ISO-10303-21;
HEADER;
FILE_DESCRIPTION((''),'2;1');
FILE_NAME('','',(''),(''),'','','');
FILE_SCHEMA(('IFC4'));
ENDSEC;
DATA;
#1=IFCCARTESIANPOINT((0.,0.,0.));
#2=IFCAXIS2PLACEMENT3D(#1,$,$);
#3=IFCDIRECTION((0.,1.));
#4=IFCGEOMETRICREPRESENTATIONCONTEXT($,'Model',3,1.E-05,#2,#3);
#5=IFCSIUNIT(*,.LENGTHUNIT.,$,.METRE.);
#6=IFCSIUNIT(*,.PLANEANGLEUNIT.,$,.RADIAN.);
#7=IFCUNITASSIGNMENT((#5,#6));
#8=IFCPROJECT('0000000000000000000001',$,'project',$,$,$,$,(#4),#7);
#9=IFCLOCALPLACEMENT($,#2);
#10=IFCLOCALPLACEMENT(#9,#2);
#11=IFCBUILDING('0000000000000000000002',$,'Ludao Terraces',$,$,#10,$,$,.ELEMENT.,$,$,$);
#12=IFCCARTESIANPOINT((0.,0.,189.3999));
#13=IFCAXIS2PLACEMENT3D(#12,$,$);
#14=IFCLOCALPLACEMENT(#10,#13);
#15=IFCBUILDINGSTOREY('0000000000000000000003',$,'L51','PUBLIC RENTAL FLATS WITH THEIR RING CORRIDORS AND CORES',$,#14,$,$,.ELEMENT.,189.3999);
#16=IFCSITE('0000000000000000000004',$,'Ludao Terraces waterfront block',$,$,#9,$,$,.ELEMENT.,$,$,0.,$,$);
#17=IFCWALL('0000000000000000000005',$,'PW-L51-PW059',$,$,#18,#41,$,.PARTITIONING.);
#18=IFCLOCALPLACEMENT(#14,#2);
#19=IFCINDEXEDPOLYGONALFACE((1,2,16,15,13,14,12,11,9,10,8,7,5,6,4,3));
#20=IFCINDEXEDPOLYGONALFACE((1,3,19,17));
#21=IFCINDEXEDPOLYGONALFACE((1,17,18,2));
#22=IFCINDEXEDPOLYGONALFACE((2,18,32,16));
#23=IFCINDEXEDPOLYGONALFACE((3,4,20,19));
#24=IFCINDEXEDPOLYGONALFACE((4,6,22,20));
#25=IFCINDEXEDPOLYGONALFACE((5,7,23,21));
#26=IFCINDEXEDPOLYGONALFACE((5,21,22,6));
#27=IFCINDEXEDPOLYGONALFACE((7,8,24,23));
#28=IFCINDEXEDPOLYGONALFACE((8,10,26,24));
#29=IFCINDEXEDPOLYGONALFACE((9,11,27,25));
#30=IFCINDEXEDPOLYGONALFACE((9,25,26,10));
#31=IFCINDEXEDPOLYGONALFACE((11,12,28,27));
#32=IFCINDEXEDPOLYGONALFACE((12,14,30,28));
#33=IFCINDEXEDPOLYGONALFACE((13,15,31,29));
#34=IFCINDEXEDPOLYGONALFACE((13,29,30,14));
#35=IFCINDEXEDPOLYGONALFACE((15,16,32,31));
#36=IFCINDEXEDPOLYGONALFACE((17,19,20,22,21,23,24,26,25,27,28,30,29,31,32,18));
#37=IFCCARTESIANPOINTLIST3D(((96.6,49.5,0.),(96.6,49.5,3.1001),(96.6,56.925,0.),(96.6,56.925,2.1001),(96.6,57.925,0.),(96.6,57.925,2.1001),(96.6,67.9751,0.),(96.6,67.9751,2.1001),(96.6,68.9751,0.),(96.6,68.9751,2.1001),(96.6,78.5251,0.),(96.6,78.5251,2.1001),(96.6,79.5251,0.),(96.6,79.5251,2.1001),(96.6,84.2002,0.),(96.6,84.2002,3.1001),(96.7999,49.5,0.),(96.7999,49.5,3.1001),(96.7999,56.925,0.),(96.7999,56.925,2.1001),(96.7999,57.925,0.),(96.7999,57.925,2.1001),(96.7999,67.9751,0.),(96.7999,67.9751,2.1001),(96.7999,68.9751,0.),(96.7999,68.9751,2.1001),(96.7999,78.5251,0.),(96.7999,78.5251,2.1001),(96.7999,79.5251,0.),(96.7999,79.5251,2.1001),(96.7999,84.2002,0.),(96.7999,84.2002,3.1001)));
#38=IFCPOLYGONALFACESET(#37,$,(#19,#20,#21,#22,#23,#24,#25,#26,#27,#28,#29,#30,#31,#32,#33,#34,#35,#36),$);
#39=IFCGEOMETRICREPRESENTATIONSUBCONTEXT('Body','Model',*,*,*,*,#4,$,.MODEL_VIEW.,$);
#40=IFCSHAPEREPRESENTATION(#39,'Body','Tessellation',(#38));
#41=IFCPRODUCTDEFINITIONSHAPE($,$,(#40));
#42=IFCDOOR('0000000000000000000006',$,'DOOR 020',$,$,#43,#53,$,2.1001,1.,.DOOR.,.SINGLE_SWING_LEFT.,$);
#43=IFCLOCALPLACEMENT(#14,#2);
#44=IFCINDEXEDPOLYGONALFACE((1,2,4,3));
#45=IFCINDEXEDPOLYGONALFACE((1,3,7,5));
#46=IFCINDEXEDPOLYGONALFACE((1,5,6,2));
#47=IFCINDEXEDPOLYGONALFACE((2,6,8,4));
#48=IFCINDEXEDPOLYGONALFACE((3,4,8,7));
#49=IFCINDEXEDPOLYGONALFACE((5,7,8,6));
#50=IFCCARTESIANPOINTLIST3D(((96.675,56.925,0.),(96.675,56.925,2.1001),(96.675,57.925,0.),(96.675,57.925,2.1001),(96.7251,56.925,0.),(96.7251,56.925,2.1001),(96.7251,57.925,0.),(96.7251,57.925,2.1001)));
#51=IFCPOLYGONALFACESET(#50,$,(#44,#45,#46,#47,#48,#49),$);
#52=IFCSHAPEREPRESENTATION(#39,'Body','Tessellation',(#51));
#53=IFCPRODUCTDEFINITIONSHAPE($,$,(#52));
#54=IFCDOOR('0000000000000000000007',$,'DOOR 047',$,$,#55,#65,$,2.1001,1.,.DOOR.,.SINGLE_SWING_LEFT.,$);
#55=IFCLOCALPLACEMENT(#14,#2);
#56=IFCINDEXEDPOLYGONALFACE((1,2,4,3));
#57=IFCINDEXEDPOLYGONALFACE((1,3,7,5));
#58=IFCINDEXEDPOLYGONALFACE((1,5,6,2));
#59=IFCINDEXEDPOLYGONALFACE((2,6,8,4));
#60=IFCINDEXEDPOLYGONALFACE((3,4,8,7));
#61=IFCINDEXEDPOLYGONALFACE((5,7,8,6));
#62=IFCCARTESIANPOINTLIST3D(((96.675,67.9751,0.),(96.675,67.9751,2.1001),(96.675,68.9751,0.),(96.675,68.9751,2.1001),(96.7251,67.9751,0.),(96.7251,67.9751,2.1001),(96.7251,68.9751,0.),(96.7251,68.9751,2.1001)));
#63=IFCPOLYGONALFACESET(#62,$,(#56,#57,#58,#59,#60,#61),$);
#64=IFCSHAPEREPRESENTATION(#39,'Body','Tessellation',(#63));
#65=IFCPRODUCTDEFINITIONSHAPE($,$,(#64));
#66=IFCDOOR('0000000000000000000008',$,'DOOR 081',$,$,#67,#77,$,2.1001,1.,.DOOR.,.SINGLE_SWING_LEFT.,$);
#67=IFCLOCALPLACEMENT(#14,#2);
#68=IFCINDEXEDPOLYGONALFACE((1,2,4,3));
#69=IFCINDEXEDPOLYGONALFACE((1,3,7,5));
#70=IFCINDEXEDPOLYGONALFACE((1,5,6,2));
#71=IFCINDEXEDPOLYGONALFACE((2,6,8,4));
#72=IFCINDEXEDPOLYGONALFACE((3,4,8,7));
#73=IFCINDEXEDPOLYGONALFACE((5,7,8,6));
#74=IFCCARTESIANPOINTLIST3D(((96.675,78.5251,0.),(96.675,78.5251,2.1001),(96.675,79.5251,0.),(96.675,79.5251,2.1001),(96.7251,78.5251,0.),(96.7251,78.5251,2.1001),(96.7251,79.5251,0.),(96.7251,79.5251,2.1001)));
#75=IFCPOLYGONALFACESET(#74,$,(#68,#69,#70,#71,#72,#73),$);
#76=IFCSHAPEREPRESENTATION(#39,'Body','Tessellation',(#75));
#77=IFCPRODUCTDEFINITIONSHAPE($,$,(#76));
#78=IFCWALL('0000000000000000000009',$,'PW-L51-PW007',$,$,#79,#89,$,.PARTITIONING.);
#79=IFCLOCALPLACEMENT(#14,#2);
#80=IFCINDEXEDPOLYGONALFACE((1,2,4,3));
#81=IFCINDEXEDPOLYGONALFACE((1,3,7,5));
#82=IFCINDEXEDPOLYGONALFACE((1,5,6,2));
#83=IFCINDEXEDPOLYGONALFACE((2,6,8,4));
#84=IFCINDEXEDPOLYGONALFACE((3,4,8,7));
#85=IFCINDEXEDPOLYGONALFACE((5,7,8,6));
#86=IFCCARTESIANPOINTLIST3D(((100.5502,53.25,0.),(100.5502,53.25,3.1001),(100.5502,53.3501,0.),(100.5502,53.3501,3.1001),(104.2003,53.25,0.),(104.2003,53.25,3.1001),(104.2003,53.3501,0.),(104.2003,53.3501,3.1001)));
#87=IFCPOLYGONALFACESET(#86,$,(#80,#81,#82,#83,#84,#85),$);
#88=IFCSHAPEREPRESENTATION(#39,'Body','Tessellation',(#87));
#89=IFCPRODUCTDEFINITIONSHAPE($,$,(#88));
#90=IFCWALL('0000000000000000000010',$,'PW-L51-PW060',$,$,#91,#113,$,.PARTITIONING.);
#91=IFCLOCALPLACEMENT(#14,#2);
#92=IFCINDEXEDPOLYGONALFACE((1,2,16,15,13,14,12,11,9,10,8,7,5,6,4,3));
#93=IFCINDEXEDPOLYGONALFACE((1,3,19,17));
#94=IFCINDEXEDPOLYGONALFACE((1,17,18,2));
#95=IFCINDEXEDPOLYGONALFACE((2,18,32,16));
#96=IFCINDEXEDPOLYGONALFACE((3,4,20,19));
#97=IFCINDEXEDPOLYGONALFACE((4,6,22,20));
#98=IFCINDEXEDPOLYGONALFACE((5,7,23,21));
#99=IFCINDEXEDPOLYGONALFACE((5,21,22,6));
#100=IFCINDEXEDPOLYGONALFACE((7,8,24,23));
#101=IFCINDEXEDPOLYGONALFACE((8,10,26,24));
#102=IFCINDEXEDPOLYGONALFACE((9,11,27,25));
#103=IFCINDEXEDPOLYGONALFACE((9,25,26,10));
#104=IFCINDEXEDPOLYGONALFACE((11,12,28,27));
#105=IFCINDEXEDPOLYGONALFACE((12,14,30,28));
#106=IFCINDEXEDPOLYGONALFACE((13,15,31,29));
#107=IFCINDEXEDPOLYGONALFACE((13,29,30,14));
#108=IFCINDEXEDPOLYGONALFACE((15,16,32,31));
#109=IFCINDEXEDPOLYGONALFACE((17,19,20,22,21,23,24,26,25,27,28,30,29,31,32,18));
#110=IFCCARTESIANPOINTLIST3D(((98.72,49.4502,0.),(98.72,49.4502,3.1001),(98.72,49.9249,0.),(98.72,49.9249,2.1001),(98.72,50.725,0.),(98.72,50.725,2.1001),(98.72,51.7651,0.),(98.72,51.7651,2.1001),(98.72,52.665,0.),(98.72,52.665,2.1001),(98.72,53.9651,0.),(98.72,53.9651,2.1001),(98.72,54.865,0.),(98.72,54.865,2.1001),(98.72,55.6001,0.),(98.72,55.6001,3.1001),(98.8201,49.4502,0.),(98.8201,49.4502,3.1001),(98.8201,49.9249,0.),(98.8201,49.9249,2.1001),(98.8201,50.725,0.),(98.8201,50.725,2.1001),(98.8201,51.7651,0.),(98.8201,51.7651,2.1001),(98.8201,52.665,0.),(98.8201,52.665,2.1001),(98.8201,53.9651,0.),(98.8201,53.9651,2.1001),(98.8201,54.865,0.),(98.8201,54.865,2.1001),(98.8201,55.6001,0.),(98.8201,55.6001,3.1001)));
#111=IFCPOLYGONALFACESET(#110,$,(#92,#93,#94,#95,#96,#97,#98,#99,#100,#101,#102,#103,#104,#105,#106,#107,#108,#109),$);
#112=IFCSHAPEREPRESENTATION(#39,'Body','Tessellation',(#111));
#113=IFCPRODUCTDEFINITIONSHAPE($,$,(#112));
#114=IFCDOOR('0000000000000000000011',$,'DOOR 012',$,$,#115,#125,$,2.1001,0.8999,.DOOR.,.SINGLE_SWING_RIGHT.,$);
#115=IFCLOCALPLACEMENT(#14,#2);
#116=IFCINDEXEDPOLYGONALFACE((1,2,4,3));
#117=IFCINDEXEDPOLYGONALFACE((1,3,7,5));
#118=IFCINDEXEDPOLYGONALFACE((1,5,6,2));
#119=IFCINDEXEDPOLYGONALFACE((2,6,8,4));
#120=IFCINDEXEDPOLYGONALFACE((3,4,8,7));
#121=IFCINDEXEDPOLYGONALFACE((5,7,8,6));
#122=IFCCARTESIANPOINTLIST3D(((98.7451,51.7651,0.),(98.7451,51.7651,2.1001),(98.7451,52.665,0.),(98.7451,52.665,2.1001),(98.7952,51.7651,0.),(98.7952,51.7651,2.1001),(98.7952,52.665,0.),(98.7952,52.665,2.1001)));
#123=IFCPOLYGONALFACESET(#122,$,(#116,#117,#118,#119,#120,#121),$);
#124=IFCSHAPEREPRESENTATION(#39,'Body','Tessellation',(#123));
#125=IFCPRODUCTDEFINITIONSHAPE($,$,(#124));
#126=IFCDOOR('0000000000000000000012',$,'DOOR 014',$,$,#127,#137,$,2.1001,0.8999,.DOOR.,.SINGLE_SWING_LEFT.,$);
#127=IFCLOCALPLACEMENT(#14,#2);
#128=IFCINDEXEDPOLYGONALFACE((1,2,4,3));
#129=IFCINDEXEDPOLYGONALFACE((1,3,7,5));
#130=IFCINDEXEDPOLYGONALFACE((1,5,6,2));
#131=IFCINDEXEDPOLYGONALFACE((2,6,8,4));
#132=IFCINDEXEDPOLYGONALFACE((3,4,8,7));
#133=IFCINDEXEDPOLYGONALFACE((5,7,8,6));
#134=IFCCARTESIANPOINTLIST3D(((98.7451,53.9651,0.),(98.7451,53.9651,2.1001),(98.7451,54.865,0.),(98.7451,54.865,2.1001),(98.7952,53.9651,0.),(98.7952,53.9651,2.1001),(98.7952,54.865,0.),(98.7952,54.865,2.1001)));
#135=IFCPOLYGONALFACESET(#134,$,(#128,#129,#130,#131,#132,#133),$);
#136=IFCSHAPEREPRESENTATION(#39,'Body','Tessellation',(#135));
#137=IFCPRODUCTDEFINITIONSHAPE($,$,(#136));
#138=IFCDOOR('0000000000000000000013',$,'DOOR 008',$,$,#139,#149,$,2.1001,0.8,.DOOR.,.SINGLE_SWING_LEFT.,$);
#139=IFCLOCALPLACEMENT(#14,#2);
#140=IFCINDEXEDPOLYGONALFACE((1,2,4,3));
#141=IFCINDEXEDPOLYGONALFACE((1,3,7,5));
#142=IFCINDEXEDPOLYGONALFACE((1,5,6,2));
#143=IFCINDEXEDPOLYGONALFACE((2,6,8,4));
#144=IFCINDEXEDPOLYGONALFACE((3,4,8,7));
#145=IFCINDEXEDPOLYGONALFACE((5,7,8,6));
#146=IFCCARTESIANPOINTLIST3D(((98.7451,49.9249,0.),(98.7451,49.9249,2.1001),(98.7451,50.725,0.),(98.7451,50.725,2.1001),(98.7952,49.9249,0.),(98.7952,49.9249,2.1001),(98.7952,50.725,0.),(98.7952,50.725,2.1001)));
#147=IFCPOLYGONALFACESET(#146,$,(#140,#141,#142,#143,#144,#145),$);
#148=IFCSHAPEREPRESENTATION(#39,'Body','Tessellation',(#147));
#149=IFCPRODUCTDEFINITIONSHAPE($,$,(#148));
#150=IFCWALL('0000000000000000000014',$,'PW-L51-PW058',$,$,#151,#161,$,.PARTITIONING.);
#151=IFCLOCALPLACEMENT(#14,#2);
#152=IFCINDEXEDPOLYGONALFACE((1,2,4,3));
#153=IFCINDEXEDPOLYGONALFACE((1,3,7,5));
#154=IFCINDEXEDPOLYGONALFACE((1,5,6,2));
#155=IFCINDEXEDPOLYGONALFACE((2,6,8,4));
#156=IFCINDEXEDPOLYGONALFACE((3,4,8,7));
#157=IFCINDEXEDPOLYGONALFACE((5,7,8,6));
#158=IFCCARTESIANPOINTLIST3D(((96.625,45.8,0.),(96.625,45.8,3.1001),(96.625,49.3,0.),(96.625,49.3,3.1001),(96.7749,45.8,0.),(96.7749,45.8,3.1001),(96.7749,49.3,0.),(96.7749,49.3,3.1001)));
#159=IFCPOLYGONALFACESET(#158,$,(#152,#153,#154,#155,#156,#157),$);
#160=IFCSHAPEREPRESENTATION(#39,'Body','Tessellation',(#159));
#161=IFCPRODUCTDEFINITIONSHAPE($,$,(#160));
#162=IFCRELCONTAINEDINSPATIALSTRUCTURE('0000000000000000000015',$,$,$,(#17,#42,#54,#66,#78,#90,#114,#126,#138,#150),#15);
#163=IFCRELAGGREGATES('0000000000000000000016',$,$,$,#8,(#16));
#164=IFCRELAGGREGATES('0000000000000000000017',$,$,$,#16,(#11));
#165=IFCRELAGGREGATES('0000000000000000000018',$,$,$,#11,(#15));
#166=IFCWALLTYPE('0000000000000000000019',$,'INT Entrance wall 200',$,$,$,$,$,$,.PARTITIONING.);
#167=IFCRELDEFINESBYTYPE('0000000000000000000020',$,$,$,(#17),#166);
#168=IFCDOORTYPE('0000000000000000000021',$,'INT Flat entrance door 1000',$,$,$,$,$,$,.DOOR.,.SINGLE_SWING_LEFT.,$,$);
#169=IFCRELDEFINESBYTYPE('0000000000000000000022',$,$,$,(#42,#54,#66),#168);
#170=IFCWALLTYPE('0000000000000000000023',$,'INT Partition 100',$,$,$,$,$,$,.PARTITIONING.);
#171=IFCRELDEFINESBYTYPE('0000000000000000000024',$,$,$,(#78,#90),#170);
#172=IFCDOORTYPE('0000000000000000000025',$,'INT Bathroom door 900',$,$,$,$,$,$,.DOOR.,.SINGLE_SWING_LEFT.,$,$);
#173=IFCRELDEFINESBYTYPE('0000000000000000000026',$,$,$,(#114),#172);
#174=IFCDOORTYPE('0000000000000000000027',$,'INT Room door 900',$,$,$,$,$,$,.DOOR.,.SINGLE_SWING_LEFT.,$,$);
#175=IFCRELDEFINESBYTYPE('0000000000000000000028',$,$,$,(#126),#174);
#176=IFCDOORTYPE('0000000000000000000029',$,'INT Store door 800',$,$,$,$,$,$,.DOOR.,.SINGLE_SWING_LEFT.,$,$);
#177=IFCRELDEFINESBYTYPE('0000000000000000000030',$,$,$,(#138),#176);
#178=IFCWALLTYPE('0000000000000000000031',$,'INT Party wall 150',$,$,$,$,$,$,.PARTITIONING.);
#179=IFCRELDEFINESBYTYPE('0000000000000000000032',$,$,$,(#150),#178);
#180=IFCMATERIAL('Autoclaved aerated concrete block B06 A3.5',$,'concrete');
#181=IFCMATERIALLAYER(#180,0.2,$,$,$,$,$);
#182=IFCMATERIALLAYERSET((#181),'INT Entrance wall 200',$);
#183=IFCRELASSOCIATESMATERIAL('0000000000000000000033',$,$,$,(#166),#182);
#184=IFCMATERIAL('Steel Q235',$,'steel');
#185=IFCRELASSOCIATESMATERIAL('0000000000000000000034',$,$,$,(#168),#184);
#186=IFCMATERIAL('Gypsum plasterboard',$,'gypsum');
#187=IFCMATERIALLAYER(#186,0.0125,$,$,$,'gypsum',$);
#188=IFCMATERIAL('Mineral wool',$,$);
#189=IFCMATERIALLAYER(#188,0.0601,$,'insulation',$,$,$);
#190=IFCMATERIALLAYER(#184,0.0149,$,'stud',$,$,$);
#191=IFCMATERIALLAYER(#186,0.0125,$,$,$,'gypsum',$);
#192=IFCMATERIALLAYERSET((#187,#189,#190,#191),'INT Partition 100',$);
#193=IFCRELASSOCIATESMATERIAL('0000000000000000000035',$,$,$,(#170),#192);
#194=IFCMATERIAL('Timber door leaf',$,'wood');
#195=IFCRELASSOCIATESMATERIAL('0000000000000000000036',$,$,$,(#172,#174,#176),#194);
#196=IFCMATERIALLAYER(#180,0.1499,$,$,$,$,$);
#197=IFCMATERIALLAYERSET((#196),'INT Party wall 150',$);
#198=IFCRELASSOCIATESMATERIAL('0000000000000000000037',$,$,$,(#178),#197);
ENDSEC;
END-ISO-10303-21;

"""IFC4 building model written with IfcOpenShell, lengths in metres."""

from ifc_helpers import new_model, si_unit, direction, frame, frame_2d, origin, place, context, subcontext, project, spatial, rectangle, extrude, material, layer, layer_set, type_object, element, fill, save


model = new_model("IFC4")

# Units and contexts
model_context = context("Model", 3, precision=1e-05, world=origin(), true_north=direction((0.0, 1.0)))
body_context = subcontext(model_context, "Body", "Model", "MODEL_VIEW")
ifc_project = project(units=[si_unit("LENGTHUNIT", "METRE"), si_unit("PLANEANGLEUNIT", "RADIAN")], contexts=[model_context])

# Site, building, storey
site_placement = place(None, origin())
site = spatial("IfcSite", under=ifc_project, at=site_placement, Name="Ludao Terraces waterfront block", CompositionType="ELEMENT", RefElevation=0.0)
building_placement = place(site_placement, origin())
building = spatial("IfcBuilding", under=site, at=building_placement, Name="Ludao Terraces", CompositionType="ELEMENT")
storey_placement = place(building_placement, frame((0.0, 0.0, 189.3999)))
storey = spatial("IfcBuildingStorey", under=building, at=storey_placement, Name="L51", Description="PUBLIC RENTAL FLATS WITH THEIR RING CORRIDORS AND CORES", CompositionType="ELEMENT", Elevation=189.3999)

# Wall, openings, doors
ifc_material_1 = material(Name="Autoclaved aerated concrete block B06 A3.5", Category="concrete")
ifc_layer_1 = layer(ifc_material_1, 0.2)
ifc_layer_set_1 = layer_set([ifc_layer_1], Name="INT Entrance wall 200")
wall_type_1 = type_object("IfcWallType", Name="INT Entrance wall 200", PredefinedType="PARTITIONING", material=ifc_layer_set_1)
wall_1_placement = place(storey_placement, frame((96.7, 49.5, 0.0), z_axis=(0.0, 0.0, 1.0), x_axis=(0.0, 1.0, 0.0)))
wall_1 = element("IfcWall", 1, at=wall_1_placement, inside=storey, type_object=wall_type_1, Name="PW-L51-PW059", PredefinedType="PARTITIONING", context=body_context, shape_type="SweptSolid", body=[
    extrude(rectangle(XDim=34.7002, YDim=0.2, at=frame_2d((17.3501, 0.0))), origin(), (0.0, 0.0, 1.0), 3.1001),
])
opening_1_placement = place(wall_1_placement, frame((7.425, 0.0, 0.0)))
opening_1 = element("IfcOpeningElement", 2, at=opening_1_placement, cuts=wall_1, PredefinedType="OPENING", context=body_context, shape_type="SweptSolid", body=[
    extrude(rectangle(XDim=1.0, YDim=2.1001, at=frame_2d((0.5, 1.05))), frame((0.0, 0.1099, 0.0), z_axis=(0.0, -1.0, 0.0), x_axis=(1.0, 0.0, 0.0)), (0.0, 0.0, 1.0), 0.22),
])
opening_2_placement = place(wall_1_placement, frame((18.4751, 0.0, 0.0)))
opening_2 = element("IfcOpeningElement", 3, at=opening_2_placement, cuts=wall_1, PredefinedType="OPENING", context=body_context, shape_type="SweptSolid", body=[
    extrude(rectangle(XDim=1.0, YDim=2.1001, at=frame_2d((0.5, 1.05))), frame((0.0, 0.1099, 0.0), z_axis=(0.0, -1.0, 0.0), x_axis=(1.0, 0.0, 0.0)), (0.0, 0.0, 1.0), 0.22),
])
opening_3_placement = place(wall_1_placement, frame((29.0251, 0.0, 0.0)))
opening_3 = element("IfcOpeningElement", 4, at=opening_3_placement, cuts=wall_1, PredefinedType="OPENING", context=body_context, shape_type="SweptSolid", body=[
    extrude(rectangle(XDim=1.0, YDim=2.1001, at=frame_2d((0.5, 1.05))), frame((0.0, 0.1099, 0.0), z_axis=(0.0, -1.0, 0.0), x_axis=(1.0, 0.0, 0.0)), (0.0, 0.0, 1.0), 0.22),
])
ifc_material_2 = material(Name="Steel Q235", Category="steel")
door_type_1 = type_object("IfcDoorType", Name="INT Flat entrance door 1000", OperationType="SINGLE_SWING_LEFT", PredefinedType="DOOR", material=ifc_material_2)
door_1_placement = place(opening_1_placement, origin())
door_1 = element("IfcDoor", 5, at=door_1_placement, inside=storey, type_object=door_type_1, Name="DOOR 020", OperationType="SINGLE_SWING_LEFT", OverallHeight=2.1001, OverallWidth=1.0, PredefinedType="DOOR", context=body_context, shape_type="SweptSolid", body=[
    extrude(rectangle(XDim=1.0, YDim=2.1001, at=frame_2d((0.5, 1.05))), frame((0.0, 0.0249, 0.0), z_axis=(0.0, -1.0, 0.0), x_axis=(1.0, 0.0, 0.0)), (0.0, 0.0, 1.0), 0.05),
])
fill(opening_1, door_1)
door_2_placement = place(opening_2_placement, origin())
door_2 = element("IfcDoor", 6, at=door_2_placement, inside=storey, type_object=door_type_1, Name="DOOR 047", OperationType="SINGLE_SWING_LEFT", OverallHeight=2.1001, OverallWidth=1.0, PredefinedType="DOOR", context=body_context, shape_type="SweptSolid", body=[
    extrude(rectangle(XDim=1.0, YDim=2.1001, at=frame_2d((0.5, 1.05))), frame((0.0, 0.0249, 0.0), z_axis=(0.0, -1.0, 0.0), x_axis=(1.0, 0.0, 0.0)), (0.0, 0.0, 1.0), 0.05),
])
fill(opening_2, door_2)
door_3_placement = place(opening_3_placement, origin())
door_3 = element("IfcDoor", 7, at=door_3_placement, inside=storey, type_object=door_type_1, Name="DOOR 081", OperationType="SINGLE_SWING_LEFT", OverallHeight=2.1001, OverallWidth=1.0, PredefinedType="DOOR", context=body_context, shape_type="SweptSolid", body=[
    extrude(rectangle(XDim=1.0, YDim=2.1001, at=frame_2d((0.5, 1.05))), frame((0.0, 0.0249, 0.0), z_axis=(0.0, -1.0, 0.0), x_axis=(1.0, 0.0, 0.0)), (0.0, 0.0, 1.0), 0.05),
])
fill(opening_3, door_3)

# Wall
ifc_material_3 = material(Name="Gypsum plasterboard", Category="gypsum")
ifc_layer_2 = layer(ifc_material_3, 0.0125, Category="gypsum")
ifc_material_4 = material(Name="Mineral wool")
ifc_layer_3 = layer(ifc_material_4, 0.0601, Name="insulation")
ifc_layer_4 = layer(ifc_material_2, 0.0149, Name="stud")
ifc_layer_5 = layer(ifc_material_3, 0.0125, Category="gypsum")
ifc_layer_set_2 = layer_set([ifc_layer_2, ifc_layer_3, ifc_layer_4, ifc_layer_5], Name="INT Partition 100")
wall_type_2 = type_object("IfcWallType", Name="INT Partition 100", PredefinedType="PARTITIONING", material=ifc_layer_set_2)
wall_2_placement = place(storey_placement, frame((100.55, 53.3, 0.0), z_axis=(0.0, 0.0, 1.0), x_axis=(1.0, 0.0, 0.0)))
element("IfcWall", 8, at=wall_2_placement, inside=storey, type_object=wall_type_2, Name="PW-L51-PW007", PredefinedType="PARTITIONING", context=body_context, shape_type="SweptSolid", body=[
    extrude(rectangle(XDim=3.6501, YDim=0.1001, at=frame_2d((1.8252, 0.0))), origin(), (0.0, 0.0, 1.0), 3.1001),
])

# Wall, openings, doors
wall_3_placement = place(storey_placement, frame((98.77, 49.4502, 0.0), z_axis=(0.0, 0.0, 1.0), x_axis=(0.0, 1.0, 0.0)))
wall_3 = element("IfcWall", 9, at=wall_3_placement, inside=storey, type_object=wall_type_2, Name="PW-L51-PW060", PredefinedType="PARTITIONING", context=body_context, shape_type="SweptSolid", body=[
    extrude(rectangle(XDim=6.1499, YDim=0.1001, at=frame_2d((3.075, 0.0))), origin(), (0.0, 0.0, 1.0), 3.1001),
])
opening_4_placement = place(wall_3_placement, frame((0.4749, 0.0, 0.0)))
opening_4 = element("IfcOpeningElement", 10, at=opening_4_placement, cuts=wall_3, PredefinedType="OPENING", context=body_context, shape_type="SweptSolid", body=[
    extrude(rectangle(XDim=0.8, YDim=2.1001, at=frame_2d((0.3999, 1.05))), frame((0.0, 0.0601, 0.0), z_axis=(0.0, -1.0, 0.0), x_axis=(1.0, 0.0, 0.0)), (0.0, 0.0, 1.0), 0.1201),
])
opening_5_placement = place(wall_3_placement, frame((2.3149, 0.0, 0.0)))
opening_5 = element("IfcOpeningElement", 11, at=opening_5_placement, cuts=wall_3, PredefinedType="OPENING", context=body_context, shape_type="SweptSolid", body=[
    extrude(rectangle(XDim=0.8999, YDim=2.1001, at=frame_2d((0.45, 1.05))), frame((0.0, 0.0601, 0.0), z_axis=(0.0, -1.0, 0.0), x_axis=(1.0, 0.0, 0.0)), (0.0, 0.0, 1.0), 0.1201),
])
opening_6_placement = place(wall_3_placement, frame((4.5149, 0.0, 0.0)))
opening_6 = element("IfcOpeningElement", 12, at=opening_6_placement, cuts=wall_3, PredefinedType="OPENING", context=body_context, shape_type="SweptSolid", body=[
    extrude(rectangle(XDim=0.8999, YDim=2.1001, at=frame_2d((0.45, 1.05))), frame((0.0, 0.0601, 0.0), z_axis=(0.0, -1.0, 0.0), x_axis=(1.0, 0.0, 0.0)), (0.0, 0.0, 1.0), 0.1201),
])
ifc_material_5 = material(Name="Timber door leaf", Category="wood")
door_type_2 = type_object("IfcDoorType", Name="INT Bathroom door 900", OperationType="SINGLE_SWING_LEFT", PredefinedType="DOOR", material=ifc_material_5)
door_4_placement = place(opening_5_placement, origin())
door_4 = element("IfcDoor", 13, at=door_4_placement, inside=storey, type_object=door_type_2, Name="DOOR 012", OperationType="SINGLE_SWING_RIGHT", OverallHeight=2.1001, OverallWidth=0.8999, PredefinedType="DOOR", context=body_context, shape_type="SweptSolid", body=[
    extrude(rectangle(XDim=0.8999, YDim=2.1001, at=frame_2d((0.45, 1.05))), frame((0.0, 0.0249, 0.0), z_axis=(0.0, -1.0, 0.0), x_axis=(1.0, 0.0, 0.0)), (0.0, 0.0, 1.0), 0.05),
])
fill(opening_5, door_4)
door_type_3 = type_object("IfcDoorType", Name="INT Room door 900", OperationType="SINGLE_SWING_LEFT", PredefinedType="DOOR", material=ifc_material_5)
door_5_placement = place(opening_6_placement, origin())
door_5 = element("IfcDoor", 14, at=door_5_placement, inside=storey, type_object=door_type_3, Name="DOOR 014", OperationType="SINGLE_SWING_LEFT", OverallHeight=2.1001, OverallWidth=0.8999, PredefinedType="DOOR", context=body_context, shape_type="SweptSolid", body=[
    extrude(rectangle(XDim=0.8999, YDim=2.1001, at=frame_2d((0.45, 1.05))), frame((0.0, 0.0249, 0.0), z_axis=(0.0, -1.0, 0.0), x_axis=(1.0, 0.0, 0.0)), (0.0, 0.0, 1.0), 0.05),
])
fill(opening_6, door_5)
door_type_4 = type_object("IfcDoorType", Name="INT Store door 800", OperationType="SINGLE_SWING_LEFT", PredefinedType="DOOR", material=ifc_material_5)
door_6_placement = place(opening_4_placement, origin())
door_6 = element("IfcDoor", 15, at=door_6_placement, inside=storey, type_object=door_type_4, Name="DOOR 008", OperationType="SINGLE_SWING_LEFT", OverallHeight=2.1001, OverallWidth=0.8, PredefinedType="DOOR", context=body_context, shape_type="SweptSolid", body=[
    extrude(rectangle(XDim=0.8, YDim=2.1001, at=frame_2d((0.3999, 1.05))), frame((0.0, 0.0249, 0.0), z_axis=(0.0, -1.0, 0.0), x_axis=(1.0, 0.0, 0.0)), (0.0, 0.0, 1.0), 0.05),
])
fill(opening_4, door_6)

# Wall
ifc_layer_6 = layer(ifc_material_1, 0.1499)
ifc_layer_set_3 = layer_set([ifc_layer_6], Name="INT Party wall 150")
wall_type_3 = type_object("IfcWallType", Name="INT Party wall 150", PredefinedType="PARTITIONING", material=ifc_layer_set_3)
wall_4_placement = place(storey_placement, frame((96.7, 45.8, 0.0), z_axis=(0.0, 0.0, 1.0), x_axis=(0.0, 1.0, 0.0)))
element("IfcWall", 16, at=wall_4_placement, inside=storey, type_object=wall_type_3, Name="PW-L51-PW058", PredefinedType="PARTITIONING", context=body_context, shape_type="SweptSolid", body=[
    extrude(rectangle(XDim=3.5, YDim=0.1499, at=frame_2d((1.75, 0.0))), origin(), (0.0, 0.0, 1.0), 3.1001),
])

save(model, "model.ifc")
